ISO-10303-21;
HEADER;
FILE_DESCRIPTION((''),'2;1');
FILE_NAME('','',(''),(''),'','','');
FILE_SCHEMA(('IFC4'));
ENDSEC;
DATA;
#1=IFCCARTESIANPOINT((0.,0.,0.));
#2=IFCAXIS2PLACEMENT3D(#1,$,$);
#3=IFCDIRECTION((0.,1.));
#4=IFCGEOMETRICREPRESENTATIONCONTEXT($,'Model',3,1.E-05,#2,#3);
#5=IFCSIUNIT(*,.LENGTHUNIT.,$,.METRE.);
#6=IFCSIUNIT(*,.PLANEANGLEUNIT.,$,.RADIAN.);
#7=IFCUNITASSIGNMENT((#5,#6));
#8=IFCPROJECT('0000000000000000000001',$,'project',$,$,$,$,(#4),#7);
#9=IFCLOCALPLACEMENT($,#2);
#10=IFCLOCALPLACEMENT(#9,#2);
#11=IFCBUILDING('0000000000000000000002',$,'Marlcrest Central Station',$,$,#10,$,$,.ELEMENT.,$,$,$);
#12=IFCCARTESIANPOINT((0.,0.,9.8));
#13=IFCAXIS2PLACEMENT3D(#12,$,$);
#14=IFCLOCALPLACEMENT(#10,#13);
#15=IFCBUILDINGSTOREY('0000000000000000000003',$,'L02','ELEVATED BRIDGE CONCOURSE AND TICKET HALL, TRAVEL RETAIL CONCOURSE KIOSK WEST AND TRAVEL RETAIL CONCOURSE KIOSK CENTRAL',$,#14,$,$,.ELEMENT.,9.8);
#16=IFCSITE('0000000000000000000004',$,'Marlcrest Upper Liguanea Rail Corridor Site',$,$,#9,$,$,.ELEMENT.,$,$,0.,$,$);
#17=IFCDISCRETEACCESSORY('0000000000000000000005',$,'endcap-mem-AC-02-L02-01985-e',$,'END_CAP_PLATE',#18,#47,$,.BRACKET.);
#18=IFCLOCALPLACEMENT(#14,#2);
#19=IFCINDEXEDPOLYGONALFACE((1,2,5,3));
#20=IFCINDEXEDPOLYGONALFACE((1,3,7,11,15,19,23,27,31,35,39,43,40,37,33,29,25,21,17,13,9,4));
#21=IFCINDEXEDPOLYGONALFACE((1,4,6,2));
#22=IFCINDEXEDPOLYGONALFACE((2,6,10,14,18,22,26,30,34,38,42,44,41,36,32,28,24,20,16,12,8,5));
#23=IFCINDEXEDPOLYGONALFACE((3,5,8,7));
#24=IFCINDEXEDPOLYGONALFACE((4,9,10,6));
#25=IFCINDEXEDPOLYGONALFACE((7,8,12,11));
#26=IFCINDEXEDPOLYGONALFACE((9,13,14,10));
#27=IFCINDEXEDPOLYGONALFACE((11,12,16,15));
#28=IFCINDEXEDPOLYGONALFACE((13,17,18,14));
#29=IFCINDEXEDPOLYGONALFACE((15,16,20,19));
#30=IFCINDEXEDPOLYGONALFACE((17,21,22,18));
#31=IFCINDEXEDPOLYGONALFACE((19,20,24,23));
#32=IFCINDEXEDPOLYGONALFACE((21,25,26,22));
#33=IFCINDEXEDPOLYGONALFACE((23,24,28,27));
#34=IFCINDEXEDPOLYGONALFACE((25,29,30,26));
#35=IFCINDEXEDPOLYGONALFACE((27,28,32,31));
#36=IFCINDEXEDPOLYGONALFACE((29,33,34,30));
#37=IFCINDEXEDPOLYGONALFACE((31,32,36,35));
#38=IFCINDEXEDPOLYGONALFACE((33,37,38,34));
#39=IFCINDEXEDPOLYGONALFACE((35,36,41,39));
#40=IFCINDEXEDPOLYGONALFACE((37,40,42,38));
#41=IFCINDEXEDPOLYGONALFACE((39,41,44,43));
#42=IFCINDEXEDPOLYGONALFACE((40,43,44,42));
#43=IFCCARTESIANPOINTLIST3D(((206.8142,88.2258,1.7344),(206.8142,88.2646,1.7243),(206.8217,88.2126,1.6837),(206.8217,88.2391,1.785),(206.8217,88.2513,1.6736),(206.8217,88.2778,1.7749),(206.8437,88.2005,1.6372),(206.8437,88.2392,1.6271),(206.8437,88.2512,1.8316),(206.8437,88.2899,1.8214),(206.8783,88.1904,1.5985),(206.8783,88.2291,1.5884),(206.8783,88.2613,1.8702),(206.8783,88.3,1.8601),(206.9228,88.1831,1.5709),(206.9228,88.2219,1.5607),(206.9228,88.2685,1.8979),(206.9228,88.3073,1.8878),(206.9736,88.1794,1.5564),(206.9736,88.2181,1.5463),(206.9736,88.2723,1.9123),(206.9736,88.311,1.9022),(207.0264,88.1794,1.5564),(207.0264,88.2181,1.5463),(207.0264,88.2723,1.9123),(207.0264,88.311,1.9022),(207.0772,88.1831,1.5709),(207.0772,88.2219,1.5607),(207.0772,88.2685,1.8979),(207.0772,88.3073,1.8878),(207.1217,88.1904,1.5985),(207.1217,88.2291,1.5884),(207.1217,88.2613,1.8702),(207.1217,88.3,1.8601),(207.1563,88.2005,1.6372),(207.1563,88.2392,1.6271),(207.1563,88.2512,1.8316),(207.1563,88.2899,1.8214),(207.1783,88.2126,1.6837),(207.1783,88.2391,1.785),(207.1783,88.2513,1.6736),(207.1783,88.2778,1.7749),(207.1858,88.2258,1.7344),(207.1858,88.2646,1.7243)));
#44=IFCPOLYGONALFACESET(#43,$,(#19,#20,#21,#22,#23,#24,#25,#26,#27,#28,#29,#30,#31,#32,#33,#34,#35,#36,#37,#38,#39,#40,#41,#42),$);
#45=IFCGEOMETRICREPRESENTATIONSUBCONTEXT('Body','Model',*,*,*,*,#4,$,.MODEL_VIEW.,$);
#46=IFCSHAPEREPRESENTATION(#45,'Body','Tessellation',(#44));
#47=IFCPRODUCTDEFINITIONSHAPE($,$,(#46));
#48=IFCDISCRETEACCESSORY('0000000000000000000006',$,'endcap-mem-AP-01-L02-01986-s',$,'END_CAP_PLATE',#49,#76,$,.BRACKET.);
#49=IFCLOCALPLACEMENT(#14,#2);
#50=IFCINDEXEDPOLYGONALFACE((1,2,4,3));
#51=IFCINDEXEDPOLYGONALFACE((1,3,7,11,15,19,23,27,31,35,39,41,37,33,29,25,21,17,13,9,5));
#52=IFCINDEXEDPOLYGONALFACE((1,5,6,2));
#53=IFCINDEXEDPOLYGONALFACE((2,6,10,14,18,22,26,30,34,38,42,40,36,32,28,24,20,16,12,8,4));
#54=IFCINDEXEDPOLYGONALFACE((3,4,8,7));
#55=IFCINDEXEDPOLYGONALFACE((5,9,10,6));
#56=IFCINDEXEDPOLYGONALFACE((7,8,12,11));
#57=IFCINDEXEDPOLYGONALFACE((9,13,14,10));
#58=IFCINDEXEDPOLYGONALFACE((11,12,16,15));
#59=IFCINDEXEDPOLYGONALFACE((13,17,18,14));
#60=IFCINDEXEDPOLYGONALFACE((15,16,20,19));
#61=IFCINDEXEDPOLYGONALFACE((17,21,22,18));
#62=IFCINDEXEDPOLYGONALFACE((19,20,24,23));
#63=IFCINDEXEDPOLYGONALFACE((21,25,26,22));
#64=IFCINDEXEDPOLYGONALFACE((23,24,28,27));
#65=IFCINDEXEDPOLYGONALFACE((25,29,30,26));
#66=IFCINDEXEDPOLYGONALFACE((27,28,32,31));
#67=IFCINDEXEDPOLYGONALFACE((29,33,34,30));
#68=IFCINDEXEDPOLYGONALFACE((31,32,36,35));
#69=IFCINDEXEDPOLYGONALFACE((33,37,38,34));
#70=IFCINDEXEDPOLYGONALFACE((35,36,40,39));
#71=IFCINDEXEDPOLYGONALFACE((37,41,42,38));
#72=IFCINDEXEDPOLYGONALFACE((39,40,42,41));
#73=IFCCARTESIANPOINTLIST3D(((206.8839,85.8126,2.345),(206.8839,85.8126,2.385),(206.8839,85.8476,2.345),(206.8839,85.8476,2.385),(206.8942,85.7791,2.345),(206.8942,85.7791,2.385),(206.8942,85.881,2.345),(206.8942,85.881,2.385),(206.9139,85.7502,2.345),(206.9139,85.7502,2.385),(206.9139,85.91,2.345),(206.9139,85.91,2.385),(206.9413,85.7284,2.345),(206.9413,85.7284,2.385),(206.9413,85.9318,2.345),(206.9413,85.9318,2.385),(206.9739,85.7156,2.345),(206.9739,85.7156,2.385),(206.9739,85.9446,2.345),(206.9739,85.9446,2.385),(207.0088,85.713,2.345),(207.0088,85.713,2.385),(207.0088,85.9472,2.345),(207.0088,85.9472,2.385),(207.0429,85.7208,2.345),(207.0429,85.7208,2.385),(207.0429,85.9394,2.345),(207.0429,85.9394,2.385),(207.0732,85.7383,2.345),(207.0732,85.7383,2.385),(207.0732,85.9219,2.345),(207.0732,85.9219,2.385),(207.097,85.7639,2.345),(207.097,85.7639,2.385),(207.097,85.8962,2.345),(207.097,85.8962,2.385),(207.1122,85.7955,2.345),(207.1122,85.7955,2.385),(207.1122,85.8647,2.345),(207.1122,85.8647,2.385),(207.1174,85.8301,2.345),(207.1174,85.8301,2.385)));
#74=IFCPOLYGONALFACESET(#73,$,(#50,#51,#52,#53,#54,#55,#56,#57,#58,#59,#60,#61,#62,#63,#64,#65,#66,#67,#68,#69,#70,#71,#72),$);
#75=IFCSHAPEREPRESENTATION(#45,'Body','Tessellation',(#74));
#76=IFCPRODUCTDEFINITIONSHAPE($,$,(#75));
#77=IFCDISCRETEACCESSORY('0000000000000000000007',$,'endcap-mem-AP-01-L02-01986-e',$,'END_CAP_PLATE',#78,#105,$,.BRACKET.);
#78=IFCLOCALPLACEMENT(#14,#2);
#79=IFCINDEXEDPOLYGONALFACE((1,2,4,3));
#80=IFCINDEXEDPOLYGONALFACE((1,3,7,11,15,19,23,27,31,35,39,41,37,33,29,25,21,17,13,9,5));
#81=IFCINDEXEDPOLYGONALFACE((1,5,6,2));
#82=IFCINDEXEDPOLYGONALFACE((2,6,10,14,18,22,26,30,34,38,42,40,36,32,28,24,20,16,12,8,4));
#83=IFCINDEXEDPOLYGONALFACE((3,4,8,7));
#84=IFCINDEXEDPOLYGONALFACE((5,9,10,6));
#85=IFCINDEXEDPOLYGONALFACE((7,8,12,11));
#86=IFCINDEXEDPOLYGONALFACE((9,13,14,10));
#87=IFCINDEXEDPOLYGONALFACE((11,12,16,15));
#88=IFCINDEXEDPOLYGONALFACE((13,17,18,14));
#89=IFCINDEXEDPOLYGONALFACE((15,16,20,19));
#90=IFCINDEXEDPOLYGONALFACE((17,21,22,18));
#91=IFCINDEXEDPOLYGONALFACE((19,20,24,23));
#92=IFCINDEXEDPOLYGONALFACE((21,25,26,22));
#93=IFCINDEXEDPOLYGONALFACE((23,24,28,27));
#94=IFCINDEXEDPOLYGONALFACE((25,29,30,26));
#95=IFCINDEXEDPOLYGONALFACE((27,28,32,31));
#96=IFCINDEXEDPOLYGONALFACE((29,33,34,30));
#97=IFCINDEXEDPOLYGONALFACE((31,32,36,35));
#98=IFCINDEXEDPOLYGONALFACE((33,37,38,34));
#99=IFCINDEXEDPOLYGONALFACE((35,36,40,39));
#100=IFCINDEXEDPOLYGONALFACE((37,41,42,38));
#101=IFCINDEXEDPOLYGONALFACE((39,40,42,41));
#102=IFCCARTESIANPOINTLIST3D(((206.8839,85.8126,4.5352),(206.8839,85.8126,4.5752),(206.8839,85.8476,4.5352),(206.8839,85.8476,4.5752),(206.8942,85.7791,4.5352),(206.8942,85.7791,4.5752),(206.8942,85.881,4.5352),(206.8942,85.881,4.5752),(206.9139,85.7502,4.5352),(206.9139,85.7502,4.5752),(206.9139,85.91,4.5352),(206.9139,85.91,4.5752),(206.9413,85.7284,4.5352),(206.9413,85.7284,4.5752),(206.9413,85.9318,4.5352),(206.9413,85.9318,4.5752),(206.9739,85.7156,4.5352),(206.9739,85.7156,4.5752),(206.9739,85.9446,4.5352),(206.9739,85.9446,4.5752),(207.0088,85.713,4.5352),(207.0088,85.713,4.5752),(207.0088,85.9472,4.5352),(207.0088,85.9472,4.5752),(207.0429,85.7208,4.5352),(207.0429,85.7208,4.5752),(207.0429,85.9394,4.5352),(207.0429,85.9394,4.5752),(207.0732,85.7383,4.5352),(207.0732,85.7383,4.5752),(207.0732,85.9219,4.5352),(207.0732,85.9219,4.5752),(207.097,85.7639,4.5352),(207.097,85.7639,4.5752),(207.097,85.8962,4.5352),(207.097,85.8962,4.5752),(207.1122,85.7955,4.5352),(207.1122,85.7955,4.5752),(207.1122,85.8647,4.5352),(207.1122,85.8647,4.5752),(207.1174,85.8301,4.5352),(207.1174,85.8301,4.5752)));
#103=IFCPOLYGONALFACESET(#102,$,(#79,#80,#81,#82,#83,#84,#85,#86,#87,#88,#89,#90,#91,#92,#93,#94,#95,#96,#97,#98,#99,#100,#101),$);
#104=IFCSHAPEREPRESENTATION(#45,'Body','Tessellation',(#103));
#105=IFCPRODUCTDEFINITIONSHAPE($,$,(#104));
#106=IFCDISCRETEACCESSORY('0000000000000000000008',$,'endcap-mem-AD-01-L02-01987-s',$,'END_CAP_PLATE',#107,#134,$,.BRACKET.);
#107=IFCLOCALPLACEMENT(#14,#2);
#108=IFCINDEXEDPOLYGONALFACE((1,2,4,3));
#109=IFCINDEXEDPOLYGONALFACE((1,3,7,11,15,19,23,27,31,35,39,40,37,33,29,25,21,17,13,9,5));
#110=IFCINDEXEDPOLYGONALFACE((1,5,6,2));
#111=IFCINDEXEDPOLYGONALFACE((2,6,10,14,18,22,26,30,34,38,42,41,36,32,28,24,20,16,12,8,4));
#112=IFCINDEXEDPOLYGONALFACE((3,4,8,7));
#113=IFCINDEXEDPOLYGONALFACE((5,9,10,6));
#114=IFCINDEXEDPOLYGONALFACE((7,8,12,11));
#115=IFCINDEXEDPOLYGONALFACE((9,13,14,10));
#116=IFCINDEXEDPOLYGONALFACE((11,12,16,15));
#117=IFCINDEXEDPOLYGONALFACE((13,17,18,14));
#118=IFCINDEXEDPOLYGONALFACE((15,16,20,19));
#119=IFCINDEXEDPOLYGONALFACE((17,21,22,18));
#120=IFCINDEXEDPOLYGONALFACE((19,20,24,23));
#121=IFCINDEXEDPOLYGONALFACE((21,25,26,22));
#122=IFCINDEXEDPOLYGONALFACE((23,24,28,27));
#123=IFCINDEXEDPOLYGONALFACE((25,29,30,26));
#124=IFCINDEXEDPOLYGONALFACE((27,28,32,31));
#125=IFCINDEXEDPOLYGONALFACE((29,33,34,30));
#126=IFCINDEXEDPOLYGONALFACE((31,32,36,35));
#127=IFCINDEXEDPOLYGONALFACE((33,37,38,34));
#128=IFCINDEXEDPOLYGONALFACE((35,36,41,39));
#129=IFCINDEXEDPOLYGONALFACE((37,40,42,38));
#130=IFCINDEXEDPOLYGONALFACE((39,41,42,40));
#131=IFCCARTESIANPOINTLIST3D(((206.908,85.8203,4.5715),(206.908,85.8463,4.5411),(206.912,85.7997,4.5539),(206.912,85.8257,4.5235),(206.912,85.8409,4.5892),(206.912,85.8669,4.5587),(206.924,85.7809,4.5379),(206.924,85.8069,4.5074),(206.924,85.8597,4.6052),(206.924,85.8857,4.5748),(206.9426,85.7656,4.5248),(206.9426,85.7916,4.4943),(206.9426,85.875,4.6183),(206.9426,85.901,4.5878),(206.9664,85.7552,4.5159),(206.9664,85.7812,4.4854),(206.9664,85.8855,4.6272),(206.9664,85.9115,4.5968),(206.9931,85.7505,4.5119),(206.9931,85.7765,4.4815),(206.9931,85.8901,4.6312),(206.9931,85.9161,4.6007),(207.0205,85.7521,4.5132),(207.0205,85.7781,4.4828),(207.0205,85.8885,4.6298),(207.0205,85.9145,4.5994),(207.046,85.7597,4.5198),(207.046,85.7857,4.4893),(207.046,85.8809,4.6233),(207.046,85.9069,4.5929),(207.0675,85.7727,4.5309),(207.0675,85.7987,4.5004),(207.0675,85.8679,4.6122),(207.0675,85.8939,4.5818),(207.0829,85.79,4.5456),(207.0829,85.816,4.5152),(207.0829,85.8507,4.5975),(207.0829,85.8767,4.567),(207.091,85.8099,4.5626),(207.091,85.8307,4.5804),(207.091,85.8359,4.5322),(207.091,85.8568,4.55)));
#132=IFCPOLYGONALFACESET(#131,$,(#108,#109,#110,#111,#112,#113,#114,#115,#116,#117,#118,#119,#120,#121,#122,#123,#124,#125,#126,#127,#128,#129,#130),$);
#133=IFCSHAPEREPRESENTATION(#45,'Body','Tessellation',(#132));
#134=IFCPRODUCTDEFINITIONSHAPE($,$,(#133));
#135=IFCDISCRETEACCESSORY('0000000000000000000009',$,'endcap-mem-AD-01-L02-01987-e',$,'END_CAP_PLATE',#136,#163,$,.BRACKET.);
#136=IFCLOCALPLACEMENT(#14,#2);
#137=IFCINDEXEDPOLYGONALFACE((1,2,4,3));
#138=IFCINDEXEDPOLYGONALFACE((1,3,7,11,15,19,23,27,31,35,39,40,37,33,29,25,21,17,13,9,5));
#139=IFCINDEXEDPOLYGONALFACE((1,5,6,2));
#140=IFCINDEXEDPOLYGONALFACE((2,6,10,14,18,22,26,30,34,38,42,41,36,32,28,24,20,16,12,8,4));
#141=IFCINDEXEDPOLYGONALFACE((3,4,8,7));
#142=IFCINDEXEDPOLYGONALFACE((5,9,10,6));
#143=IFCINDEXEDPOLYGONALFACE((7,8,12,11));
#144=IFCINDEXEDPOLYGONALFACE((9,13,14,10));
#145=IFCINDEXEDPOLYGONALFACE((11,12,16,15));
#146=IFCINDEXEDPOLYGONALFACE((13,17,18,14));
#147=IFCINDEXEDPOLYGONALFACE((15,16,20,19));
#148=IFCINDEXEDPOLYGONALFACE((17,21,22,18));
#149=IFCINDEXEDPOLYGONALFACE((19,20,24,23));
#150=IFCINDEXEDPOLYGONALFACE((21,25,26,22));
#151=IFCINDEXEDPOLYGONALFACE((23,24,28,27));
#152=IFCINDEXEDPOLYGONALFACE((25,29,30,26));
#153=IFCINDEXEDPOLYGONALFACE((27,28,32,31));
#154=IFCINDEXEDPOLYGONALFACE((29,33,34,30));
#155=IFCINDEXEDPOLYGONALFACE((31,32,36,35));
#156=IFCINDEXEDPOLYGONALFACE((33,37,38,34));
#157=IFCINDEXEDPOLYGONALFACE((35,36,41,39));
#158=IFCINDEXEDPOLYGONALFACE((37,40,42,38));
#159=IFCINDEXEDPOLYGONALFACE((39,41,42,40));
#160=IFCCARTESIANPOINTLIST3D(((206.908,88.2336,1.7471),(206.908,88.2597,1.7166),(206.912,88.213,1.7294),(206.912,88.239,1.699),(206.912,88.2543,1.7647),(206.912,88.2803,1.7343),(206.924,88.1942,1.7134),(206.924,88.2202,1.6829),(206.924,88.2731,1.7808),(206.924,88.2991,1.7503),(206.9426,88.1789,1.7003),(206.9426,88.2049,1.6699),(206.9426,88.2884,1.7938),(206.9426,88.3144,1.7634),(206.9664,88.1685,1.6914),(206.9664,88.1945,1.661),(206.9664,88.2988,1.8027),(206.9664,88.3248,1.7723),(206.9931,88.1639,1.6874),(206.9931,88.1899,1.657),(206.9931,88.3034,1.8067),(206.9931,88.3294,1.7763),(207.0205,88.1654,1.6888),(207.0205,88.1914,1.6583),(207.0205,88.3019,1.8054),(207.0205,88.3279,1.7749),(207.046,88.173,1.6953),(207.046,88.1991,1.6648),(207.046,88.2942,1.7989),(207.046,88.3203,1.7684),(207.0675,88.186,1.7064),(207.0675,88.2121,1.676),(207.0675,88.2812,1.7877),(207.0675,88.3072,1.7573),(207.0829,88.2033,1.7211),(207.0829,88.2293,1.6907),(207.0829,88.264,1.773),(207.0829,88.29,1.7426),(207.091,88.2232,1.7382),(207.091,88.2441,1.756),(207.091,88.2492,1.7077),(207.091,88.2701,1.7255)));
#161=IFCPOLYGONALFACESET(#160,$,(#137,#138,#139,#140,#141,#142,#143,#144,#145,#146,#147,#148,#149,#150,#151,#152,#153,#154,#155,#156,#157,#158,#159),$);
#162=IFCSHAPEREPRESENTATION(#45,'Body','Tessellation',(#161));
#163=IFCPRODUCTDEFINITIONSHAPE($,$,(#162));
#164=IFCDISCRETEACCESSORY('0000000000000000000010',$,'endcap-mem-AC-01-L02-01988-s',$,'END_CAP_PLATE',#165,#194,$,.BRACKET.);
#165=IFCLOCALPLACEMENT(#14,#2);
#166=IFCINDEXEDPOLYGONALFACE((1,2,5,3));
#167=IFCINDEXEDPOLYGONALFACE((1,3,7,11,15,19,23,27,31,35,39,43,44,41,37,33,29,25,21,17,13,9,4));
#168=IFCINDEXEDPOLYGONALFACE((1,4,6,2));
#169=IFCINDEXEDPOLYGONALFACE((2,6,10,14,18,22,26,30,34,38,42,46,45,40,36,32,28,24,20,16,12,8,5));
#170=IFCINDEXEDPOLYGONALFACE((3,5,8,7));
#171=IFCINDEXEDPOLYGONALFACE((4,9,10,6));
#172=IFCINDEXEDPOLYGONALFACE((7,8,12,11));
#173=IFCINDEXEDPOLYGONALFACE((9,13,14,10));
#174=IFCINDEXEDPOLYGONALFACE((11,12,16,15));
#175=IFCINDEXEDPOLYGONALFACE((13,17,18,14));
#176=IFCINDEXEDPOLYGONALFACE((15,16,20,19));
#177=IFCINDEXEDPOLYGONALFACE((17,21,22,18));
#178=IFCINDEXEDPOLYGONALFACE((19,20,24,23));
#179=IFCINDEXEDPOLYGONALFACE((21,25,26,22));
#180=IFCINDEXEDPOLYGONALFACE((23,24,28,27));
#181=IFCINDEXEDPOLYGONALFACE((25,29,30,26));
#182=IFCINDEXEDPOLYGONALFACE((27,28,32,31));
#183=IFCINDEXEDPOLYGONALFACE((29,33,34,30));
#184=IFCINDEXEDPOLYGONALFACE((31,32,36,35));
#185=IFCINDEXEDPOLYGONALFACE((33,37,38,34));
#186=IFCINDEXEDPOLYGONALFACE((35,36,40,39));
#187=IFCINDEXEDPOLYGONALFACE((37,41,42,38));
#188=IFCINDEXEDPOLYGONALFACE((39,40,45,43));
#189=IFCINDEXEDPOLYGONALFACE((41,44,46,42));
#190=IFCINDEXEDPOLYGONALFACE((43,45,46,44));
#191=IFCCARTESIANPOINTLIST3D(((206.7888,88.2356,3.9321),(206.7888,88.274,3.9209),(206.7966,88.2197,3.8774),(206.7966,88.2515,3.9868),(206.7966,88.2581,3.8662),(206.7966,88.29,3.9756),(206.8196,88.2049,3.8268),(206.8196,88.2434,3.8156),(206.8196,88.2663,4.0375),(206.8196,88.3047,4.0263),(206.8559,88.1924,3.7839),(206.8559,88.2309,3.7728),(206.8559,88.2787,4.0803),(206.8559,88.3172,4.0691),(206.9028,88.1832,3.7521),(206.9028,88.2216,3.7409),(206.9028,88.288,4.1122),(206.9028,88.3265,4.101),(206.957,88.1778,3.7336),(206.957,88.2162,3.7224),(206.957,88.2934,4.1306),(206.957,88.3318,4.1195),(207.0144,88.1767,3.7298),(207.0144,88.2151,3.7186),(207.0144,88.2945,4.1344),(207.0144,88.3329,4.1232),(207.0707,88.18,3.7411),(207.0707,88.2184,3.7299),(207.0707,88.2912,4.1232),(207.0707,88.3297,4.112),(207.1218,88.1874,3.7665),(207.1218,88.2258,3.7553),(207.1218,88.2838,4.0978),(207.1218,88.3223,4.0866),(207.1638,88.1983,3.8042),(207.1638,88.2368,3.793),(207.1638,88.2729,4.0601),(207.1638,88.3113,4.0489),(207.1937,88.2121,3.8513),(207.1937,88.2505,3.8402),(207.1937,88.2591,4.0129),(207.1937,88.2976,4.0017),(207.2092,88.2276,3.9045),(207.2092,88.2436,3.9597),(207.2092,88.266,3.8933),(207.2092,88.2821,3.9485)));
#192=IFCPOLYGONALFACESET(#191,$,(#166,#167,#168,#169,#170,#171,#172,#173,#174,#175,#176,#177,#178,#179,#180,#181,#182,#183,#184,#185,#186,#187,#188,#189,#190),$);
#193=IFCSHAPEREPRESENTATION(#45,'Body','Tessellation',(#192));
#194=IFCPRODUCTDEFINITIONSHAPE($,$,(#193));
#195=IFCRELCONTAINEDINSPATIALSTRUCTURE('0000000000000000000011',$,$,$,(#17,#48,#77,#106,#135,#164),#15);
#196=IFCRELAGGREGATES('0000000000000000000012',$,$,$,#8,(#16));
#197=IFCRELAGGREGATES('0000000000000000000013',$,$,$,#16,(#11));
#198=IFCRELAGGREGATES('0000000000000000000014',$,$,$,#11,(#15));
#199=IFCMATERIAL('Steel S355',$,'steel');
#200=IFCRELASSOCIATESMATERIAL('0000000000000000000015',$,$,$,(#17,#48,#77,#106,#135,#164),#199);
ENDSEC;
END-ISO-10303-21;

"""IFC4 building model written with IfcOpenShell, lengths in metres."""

from ifc_helpers import new_model, si_unit, direction, frame, origin, origin_2d, place, context, subcontext, project, spatial, circle, extrude, material, element, save


model = new_model("IFC4")

# Units and contexts
model_context = context("Model", 3, precision=1e-05, world=origin(), true_north=direction((0.0, 1.0)))
body_context = subcontext(model_context, "Body", "Model", "MODEL_VIEW")
ifc_project = project(units=[si_unit("LENGTHUNIT", "METRE"), si_unit("PLANEANGLEUNIT", "RADIAN")], contexts=[model_context])

# Site, building, storey
site_placement = place(None, origin())
site = spatial("IfcSite", under=ifc_project, at=site_placement, Name="Marlcrest Upper Liguanea Rail Corridor Site", CompositionType="ELEMENT", RefElevation=0.0)
building_placement = place(site_placement, origin())
building = spatial("IfcBuilding", under=site, at=building_placement, Name="Marlcrest Central Station", CompositionType="ELEMENT")
storey_placement = place(building_placement, frame((0.0, 0.0, 9.8)))
storey = spatial("IfcBuildingStorey", under=building, at=storey_placement, Name="L02", Description="ELEVATED BRIDGE CONCOURSE AND TICKET HALL, TRAVEL RETAIL CONCOURSE KIOSK WEST AND TRAVEL RETAIL CONCOURSE KIOSK CENTRAL", CompositionType="ELEMENT", Elevation=9.8)

# Shared definitions
ifc_material_1 = material(Name="Steel S355", Category="steel")

# Discrete accessories
for number, where, z_axis, x_axis, name in (
    (1, (207.0, 88.2258, 1.7344), (0.0, 0.967563, -0.252629), (-1.0, 0.0, 0.0), "endcap-mem-AC-02-L02-01985-e"),
):
    element("IfcDiscreteAccessory", number, at=place(storey_placement, frame(where, z_axis=z_axis, x_axis=x_axis)), inside=storey, material=ifc_material_1, Name=name, ObjectType="END_CAP_PLATE", PredefinedType="BRACKET", context=body_context, shape_type="SweptSolid", body=[
        extrude(circle(Radius=0.1858, at=origin_2d()), origin(), (0.0, 0.0, 1.0), 0.04),
    ])
for number, where, z_axis, x_axis, name in (
    (2, (207.0, 85.8301, 2.345), (0.0, 0.0, 1.0), (1.0, 0.0, 0.0), "endcap-mem-AP-01-L02-01986-s"),
    (3, (207.0, 85.8301, 4.5352), (0.0, 0.0, 1.0), (1.0, 0.0, 0.0), "endcap-mem-AP-01-L02-01986-e"),
):
    element("IfcDiscreteAccessory", number, at=place(storey_placement, frame(where, z_axis=z_axis, x_axis=x_axis)), inside=storey, material=ifc_material_1, Name=name, ObjectType="END_CAP_PLATE", PredefinedType="BRACKET", context=body_context, shape_type="SweptSolid", body=[
        extrude(circle(Radius=0.1174, at=origin_2d()), origin(), (0.0, 0.0, 1.0), 0.04),
    ])
for number, where, z_axis, x_axis, name in (
    (4, (207.0, 85.8203, 4.5715), (0.0, 0.649625, -0.760255), (-1.0, 0.0, 0.0), "endcap-mem-AD-01-L02-01987-s"),
    (5, (207.0, 88.2336, 1.7471), (0.0, 0.649625, -0.760255), (-1.0, 0.0, 0.0), "endcap-mem-AD-01-L02-01987-e"),
):
    element("IfcDiscreteAccessory", number, at=place(storey_placement, frame(where, z_axis=z_axis, x_axis=x_axis)), inside=storey, material=ifc_material_1, Name=name, ObjectType="END_CAP_PLATE", PredefinedType="BRACKET", context=body_context, shape_type="SweptSolid", body=[
        extrude(circle(Radius=0.092, at=origin_2d()), origin(), (0.0, 0.0, 1.0), 0.04),
    ])
discrete_accessory_1_placement = place(storey_placement, frame((207.0, 88.2356, 3.9321), z_axis=(0.0, 0.96013, -0.279554), x_axis=(-1.0, 0.0, 0.0)))
element("IfcDiscreteAccessory", 6, at=discrete_accessory_1_placement, inside=storey, material=ifc_material_1, Name="endcap-mem-AC-01-L02-01988-s", ObjectType="END_CAP_PLATE", PredefinedType="BRACKET", context=body_context, shape_type="SweptSolid", body=[
    extrude(circle(Radius=0.2112, at=origin_2d()), origin(), (0.0, 0.0, 1.0), 0.04),
])

save(model, "model.ifc")
